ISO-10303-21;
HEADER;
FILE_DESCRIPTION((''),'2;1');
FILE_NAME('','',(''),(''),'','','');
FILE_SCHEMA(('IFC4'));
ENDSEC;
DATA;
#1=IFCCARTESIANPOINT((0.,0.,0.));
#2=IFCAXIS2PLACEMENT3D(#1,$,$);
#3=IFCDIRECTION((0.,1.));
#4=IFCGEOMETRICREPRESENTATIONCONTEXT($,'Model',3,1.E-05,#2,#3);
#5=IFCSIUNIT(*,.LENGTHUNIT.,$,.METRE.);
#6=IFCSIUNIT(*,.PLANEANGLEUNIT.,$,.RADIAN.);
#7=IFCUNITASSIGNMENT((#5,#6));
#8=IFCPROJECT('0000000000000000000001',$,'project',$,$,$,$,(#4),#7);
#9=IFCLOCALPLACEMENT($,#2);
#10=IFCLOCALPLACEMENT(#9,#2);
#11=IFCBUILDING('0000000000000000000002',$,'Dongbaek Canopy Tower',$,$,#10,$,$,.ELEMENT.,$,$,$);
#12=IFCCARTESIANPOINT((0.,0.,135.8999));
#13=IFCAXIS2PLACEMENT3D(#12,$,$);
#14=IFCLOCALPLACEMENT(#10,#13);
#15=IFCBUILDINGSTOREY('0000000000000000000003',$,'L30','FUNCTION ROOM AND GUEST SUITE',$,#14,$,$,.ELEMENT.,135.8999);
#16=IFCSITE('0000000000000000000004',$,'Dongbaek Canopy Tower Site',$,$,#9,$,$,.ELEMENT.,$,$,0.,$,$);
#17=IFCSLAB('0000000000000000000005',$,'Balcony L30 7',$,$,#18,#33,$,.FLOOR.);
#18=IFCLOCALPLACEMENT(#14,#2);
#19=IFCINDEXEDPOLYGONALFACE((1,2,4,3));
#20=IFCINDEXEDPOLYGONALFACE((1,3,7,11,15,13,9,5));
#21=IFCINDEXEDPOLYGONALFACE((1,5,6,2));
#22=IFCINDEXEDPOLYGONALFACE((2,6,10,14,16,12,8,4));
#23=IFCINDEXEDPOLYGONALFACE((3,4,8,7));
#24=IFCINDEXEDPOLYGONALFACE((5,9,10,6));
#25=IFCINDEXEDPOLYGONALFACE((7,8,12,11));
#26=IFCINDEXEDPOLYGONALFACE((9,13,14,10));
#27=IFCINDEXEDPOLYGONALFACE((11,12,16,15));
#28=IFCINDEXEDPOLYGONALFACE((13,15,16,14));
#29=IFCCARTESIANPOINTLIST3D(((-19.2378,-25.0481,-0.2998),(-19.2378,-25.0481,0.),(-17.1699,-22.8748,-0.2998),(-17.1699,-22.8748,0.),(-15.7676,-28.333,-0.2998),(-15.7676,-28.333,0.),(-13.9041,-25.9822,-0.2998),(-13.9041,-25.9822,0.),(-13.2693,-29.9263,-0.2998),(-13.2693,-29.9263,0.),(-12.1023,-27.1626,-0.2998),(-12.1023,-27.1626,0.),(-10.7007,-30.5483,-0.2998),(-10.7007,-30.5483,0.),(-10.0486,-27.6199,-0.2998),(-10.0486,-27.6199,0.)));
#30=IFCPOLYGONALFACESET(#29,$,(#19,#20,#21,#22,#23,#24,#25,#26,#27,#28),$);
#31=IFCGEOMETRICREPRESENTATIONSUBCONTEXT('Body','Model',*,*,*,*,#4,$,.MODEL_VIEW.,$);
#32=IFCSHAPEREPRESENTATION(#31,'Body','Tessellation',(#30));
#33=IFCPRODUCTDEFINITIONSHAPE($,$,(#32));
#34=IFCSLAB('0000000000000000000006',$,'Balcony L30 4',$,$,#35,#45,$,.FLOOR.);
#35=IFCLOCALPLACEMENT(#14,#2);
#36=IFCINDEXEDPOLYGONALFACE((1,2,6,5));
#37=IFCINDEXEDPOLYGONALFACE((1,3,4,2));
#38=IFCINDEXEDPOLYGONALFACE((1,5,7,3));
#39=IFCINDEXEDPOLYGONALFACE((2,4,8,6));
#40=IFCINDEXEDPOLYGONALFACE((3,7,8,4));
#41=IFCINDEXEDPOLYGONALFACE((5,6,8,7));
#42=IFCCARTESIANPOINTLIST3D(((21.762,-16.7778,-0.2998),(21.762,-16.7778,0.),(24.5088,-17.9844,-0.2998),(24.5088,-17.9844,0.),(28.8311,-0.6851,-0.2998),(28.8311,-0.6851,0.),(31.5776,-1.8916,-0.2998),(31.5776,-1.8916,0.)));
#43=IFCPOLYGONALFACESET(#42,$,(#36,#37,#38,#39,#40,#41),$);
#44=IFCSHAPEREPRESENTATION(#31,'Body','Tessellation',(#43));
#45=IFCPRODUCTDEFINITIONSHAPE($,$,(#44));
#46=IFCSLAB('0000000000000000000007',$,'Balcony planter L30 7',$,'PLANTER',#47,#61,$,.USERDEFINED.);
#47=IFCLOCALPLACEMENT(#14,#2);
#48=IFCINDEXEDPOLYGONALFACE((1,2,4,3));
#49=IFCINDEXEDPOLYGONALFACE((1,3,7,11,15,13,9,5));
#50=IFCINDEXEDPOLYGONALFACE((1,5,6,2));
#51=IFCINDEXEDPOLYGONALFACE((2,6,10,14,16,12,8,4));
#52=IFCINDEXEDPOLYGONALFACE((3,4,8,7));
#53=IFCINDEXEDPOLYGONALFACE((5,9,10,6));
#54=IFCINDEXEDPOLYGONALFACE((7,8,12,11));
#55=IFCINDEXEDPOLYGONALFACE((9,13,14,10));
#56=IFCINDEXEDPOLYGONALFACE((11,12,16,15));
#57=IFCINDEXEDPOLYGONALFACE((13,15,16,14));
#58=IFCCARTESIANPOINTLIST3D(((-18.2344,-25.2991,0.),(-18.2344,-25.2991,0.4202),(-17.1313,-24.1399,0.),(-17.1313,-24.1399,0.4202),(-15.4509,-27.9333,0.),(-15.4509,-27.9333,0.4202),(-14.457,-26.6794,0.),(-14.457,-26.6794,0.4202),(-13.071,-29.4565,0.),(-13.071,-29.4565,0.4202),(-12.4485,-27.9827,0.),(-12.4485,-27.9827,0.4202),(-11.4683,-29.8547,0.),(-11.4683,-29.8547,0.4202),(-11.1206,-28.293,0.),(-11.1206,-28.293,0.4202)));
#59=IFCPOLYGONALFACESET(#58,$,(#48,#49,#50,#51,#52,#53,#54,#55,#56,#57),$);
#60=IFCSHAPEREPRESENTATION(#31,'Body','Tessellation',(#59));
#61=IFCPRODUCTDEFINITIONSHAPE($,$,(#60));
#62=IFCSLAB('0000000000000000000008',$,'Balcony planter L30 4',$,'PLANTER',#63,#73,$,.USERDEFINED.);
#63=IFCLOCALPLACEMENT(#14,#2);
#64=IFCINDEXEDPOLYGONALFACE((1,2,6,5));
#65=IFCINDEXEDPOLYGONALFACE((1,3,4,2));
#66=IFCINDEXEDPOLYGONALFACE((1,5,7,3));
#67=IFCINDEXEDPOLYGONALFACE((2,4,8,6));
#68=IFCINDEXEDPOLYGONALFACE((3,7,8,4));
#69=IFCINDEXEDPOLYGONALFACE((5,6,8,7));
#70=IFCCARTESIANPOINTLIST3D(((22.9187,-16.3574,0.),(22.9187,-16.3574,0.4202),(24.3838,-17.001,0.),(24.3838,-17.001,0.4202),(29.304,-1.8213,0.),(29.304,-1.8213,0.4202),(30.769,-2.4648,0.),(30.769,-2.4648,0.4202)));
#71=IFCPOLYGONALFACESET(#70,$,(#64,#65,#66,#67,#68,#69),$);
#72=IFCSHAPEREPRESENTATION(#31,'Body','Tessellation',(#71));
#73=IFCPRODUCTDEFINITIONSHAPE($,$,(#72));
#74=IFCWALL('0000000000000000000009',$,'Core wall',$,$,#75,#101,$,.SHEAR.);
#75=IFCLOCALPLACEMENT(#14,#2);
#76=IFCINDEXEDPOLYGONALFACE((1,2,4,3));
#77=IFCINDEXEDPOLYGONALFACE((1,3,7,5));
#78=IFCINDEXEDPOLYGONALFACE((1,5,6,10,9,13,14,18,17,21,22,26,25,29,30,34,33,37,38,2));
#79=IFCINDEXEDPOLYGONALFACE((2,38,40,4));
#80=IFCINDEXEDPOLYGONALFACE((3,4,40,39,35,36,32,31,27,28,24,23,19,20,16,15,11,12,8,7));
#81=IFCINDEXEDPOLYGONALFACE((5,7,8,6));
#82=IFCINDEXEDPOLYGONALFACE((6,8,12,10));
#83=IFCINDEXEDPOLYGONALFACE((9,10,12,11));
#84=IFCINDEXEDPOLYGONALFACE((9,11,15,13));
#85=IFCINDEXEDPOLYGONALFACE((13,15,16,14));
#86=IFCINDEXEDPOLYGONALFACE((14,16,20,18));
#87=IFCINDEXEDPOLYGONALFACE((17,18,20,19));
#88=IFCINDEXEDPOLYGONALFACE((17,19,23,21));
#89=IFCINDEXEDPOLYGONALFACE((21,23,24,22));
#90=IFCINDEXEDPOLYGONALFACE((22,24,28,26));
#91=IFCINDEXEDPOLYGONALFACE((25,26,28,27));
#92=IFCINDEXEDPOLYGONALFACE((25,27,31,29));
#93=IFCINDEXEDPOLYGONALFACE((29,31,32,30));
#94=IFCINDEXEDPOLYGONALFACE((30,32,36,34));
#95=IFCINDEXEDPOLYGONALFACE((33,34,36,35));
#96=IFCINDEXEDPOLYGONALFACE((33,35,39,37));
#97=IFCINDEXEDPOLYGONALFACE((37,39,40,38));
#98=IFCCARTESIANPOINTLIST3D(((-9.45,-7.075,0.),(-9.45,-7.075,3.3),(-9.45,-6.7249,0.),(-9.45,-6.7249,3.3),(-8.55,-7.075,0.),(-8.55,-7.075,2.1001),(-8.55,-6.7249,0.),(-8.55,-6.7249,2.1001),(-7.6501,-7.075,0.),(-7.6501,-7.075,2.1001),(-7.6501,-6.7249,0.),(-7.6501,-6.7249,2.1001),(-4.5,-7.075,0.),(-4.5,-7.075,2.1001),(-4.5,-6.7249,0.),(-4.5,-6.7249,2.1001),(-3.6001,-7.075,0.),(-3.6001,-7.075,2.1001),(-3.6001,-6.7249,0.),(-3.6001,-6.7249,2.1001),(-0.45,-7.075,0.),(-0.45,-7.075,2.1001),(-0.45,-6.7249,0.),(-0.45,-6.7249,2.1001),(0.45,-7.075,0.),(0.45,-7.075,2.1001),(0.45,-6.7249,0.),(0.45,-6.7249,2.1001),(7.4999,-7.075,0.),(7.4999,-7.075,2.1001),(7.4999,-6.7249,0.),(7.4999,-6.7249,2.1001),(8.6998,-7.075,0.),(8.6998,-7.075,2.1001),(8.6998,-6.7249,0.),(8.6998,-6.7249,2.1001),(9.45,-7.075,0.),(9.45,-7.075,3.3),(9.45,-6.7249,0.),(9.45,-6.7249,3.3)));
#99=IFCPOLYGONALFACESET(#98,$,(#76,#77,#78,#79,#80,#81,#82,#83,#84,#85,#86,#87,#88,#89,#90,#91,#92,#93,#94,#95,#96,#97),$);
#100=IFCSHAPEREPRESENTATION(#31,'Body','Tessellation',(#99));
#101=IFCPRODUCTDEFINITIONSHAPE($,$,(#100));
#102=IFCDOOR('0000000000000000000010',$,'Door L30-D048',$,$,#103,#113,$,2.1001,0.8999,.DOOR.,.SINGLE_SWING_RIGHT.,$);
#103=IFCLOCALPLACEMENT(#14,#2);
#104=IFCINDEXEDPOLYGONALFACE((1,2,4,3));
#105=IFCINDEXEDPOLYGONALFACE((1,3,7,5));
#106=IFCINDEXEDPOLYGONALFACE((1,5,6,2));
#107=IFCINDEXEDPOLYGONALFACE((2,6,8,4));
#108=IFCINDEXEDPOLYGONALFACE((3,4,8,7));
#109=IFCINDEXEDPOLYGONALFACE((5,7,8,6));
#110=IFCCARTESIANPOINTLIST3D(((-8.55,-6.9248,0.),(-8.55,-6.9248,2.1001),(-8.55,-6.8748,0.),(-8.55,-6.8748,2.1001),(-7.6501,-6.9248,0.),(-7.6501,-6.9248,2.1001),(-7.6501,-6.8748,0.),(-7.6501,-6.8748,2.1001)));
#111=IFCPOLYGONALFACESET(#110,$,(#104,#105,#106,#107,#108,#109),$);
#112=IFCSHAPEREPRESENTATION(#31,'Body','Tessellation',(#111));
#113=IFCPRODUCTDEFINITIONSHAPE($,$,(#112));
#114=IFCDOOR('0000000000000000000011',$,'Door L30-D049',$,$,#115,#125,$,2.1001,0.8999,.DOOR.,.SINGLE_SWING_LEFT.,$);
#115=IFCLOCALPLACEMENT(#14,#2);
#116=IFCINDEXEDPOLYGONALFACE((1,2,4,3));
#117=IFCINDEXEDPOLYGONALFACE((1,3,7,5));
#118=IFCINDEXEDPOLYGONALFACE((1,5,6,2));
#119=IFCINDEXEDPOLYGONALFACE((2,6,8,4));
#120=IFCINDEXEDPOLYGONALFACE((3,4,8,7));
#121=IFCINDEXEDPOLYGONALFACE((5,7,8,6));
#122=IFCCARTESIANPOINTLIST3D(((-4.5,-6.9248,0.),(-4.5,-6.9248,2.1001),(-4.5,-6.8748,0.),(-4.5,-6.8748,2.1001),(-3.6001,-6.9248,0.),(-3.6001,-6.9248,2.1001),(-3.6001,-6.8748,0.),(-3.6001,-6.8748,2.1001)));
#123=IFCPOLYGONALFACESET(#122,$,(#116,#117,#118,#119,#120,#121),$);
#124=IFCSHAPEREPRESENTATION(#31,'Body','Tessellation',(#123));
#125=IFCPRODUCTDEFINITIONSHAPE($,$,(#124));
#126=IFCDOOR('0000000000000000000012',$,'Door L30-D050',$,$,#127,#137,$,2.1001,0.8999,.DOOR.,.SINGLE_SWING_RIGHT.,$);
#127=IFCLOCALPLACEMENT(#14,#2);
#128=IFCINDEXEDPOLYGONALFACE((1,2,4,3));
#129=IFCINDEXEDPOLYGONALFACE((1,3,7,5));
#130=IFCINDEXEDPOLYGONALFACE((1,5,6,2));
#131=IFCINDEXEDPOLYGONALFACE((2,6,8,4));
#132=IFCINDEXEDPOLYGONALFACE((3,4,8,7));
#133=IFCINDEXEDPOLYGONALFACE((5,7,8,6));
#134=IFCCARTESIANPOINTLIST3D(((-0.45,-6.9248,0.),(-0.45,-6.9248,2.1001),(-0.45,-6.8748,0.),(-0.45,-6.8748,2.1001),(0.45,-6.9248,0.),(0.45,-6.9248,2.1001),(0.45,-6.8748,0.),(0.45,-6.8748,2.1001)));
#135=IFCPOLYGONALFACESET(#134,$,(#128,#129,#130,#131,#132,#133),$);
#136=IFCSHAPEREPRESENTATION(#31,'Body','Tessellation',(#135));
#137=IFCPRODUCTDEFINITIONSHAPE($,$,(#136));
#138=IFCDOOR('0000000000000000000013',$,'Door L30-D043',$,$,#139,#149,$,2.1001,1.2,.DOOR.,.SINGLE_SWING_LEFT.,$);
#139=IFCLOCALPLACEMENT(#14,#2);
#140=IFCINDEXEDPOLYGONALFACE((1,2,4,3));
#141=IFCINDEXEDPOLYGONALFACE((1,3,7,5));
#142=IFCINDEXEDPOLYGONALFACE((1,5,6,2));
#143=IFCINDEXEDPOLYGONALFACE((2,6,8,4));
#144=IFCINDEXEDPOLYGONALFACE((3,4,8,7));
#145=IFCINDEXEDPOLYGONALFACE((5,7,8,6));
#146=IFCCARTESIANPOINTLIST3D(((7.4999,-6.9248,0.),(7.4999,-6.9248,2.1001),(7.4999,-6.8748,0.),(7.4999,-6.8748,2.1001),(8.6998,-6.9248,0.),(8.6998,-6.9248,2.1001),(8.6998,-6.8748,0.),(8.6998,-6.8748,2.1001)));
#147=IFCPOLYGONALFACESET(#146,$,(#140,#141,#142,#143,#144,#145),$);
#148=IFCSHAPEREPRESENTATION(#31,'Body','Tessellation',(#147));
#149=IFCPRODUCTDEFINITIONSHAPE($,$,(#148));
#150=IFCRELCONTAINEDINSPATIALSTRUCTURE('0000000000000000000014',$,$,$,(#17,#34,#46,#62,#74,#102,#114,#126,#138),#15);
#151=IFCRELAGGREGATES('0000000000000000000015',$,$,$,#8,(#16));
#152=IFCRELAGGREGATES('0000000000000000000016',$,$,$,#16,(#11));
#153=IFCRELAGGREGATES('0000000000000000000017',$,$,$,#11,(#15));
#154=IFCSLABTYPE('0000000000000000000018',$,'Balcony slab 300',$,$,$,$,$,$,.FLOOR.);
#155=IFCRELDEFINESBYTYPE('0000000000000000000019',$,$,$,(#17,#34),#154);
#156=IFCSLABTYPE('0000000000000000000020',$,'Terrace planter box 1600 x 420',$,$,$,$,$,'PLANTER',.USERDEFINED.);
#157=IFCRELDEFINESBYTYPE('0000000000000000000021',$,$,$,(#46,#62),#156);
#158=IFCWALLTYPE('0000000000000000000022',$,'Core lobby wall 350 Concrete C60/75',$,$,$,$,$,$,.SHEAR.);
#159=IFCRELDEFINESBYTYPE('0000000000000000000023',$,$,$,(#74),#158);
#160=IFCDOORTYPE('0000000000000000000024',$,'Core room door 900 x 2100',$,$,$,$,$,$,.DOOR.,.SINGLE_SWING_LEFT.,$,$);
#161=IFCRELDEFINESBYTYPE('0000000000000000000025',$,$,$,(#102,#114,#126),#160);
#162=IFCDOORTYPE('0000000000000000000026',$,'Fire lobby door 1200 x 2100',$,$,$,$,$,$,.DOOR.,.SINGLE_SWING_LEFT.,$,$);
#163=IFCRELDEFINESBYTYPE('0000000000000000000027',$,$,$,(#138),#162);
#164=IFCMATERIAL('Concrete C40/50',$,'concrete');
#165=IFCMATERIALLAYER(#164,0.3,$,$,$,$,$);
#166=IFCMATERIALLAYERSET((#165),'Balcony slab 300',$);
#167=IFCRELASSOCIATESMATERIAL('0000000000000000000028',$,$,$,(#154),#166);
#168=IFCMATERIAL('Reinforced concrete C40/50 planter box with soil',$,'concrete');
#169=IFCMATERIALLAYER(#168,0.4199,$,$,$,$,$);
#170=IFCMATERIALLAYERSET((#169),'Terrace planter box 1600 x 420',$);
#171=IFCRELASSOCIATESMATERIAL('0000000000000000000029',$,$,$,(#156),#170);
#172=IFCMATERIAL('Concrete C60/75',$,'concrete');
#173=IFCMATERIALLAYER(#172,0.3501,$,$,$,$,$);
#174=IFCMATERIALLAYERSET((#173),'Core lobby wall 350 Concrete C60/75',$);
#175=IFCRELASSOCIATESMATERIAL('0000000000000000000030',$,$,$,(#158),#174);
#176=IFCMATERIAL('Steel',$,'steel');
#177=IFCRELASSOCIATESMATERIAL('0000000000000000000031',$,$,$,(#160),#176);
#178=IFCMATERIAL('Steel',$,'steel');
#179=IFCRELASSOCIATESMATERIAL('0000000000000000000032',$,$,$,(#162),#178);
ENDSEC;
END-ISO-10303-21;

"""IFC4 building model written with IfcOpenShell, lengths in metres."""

from ifc_helpers import new_model, si_unit, direction, frame, frame_2d, origin, place, context, subcontext, project, spatial, polyline, rectangle, outline, extrude, material, layer, layer_set, type_object, element, fill, save


model = new_model("IFC4")

# Units and contexts
model_context = context("Model", 3, precision=1e-05, world=origin(), true_north=direction((0.0, 1.0)))
body_context = subcontext(model_context, "Body", "Model", "MODEL_VIEW")
ifc_project = project(units=[si_unit("LENGTHUNIT", "METRE"), si_unit("PLANEANGLEUNIT", "RADIAN")], contexts=[model_context])

# Site, building, storey
site_placement = place(None, origin())
site = spatial("IfcSite", under=ifc_project, at=site_placement, Name="Dongbaek Canopy Tower Site", CompositionType="ELEMENT", RefElevation=0.0)
building_placement = place(site_placement, origin())
building = spatial("IfcBuilding", under=site, at=building_placement, Name="Dongbaek Canopy Tower", CompositionType="ELEMENT")
storey_placement = place(building_placement, frame((0.0, 0.0, 135.8999)))
storey = spatial("IfcBuildingStorey", under=building, at=storey_placement, Name="L30", Description="FUNCTION ROOM AND GUEST SUITE", CompositionType="ELEMENT", Elevation=135.8999)

# Slabs
ifc_material_1 = material(Name="Concrete C40/50", Category="concrete")
ifc_layer_1 = layer(ifc_material_1, 0.3)
ifc_layer_set_1 = layer_set([ifc_layer_1], Name="Balcony slab 300")
slab_type_1 = type_object("IfcSlabType", Name="Balcony slab 300", PredefinedType="FLOOR", material=ifc_layer_set_1)
slab_1_placement = place(storey_placement, frame((0.0, 0.0, -0.2998)))
element("IfcSlab", 1, at=slab_1_placement, inside=storey, type_object=slab_type_1, Name="Balcony L30 7", PredefinedType="FLOOR", context=body_context, shape_type="SweptSolid", body=[
    extrude(outline(polyline([(-17.1699, -22.8748), (-13.9041, -25.9822), (-12.1023, -27.1626), (-10.0486, -27.6199), (-10.7007, -30.5483), (-13.2693, -29.9263), (-15.7676, -28.333), (-19.2378, -25.0481), (-17.1699, -22.8748)])), origin(), (0.0, 0.0, 1.0), 0.2998),
])
slab_2_placement = place(storey_placement, frame((0.0, 0.0, -0.2998)))
element("IfcSlab", 2, at=slab_2_placement, inside=storey, type_object=slab_type_1, Name="Balcony L30 4", PredefinedType="FLOOR", context=body_context, shape_type="SweptSolid", body=[
    extrude(outline(polyline([(21.762, -16.7778), (28.8311, -0.6851), (31.5776, -1.8916), (24.5088, -17.9844), (21.762, -16.7778)])), origin(), (0.0, 0.0, 1.0), 0.2998),
])
ifc_material_2 = material(Name="Reinforced concrete C40/50 planter box with soil", Category="concrete")
ifc_layer_2 = layer(ifc_material_2, 0.4199)
ifc_layer_set_2 = layer_set([ifc_layer_2], Name="Terrace planter box 1600 x 420")
slab_type_2 = type_object("IfcSlabType", Name="Terrace planter box 1600 x 420", ElementType="PLANTER", PredefinedType="USERDEFINED", material=ifc_layer_set_2)
slab_3_placement = place(storey_placement, origin())
element("IfcSlab", 3, at=slab_3_placement, inside=storey, type_object=slab_type_2, Name="Balcony planter L30 7", ObjectType="PLANTER", PredefinedType="USERDEFINED", context=body_context, shape_type="SweptSolid", body=[
    extrude(outline(polyline([(-17.1313, -24.1399), (-14.457, -26.6794), (-12.4485, -27.9827), (-11.1206, -28.293), (-11.4683, -29.8547), (-13.071, -29.4565), (-15.4509, -27.9333), (-18.2344, -25.2991), (-17.1313, -24.1399)])), origin(), (0.0, 0.0, 1.0), 0.4202),
])
slab_4_placement = place(storey_placement, origin())
element("IfcSlab", 4, at=slab_4_placement, inside=storey, type_object=slab_type_2, Name="Balcony planter L30 4", ObjectType="PLANTER", PredefinedType="USERDEFINED", context=body_context, shape_type="SweptSolid", body=[
    extrude(outline(polyline([(22.9187, -16.3574), (29.304, -1.8213), (30.769, -2.4648), (24.3838, -17.001), (22.9187, -16.3574)])), origin(), (0.0, 0.0, 1.0), 0.4202),
])

# Wall, openings, doors
ifc_material_3 = material(Name="Concrete C60/75", Category="concrete")
ifc_layer_3 = layer(ifc_material_3, 0.3501)
ifc_layer_set_3 = layer_set([ifc_layer_3], Name="Core lobby wall 350 Concrete C60/75")
wall_type_1 = type_object("IfcWallType", Name="Core lobby wall 350 Concrete C60/75", PredefinedType="SHEAR", material=ifc_layer_set_3)
wall_1_placement = place(storey_placement, frame((9.45, -6.8999, 0.0), z_axis=(0.0, 0.0, 1.0), x_axis=(-1.0, 0.0, 0.0)))
wall_1 = element("IfcWall", 5, at=wall_1_placement, inside=storey, type_object=wall_type_1, Name="Core wall", PredefinedType="SHEAR", context=body_context, shape_type="SweptSolid", body=[
    extrude(rectangle(XDim=18.8999, YDim=0.3501, at=frame_2d((9.45, 0.0))), origin(), (0.0, 0.0, 1.0), 3.3),
])
opening_1_placement = place(wall_1_placement, frame((0.75, 0.0, 0.0)))
opening_1 = element("IfcOpeningElement", 6, at=opening_1_placement, cuts=wall_1, PredefinedType="OPENING", context=body_context, shape_type="SweptSolid", body=[
    extrude(rectangle(XDim=1.2, YDim=2.1001, at=frame_2d((0.6001, 1.05))), frame((0.0, 0.1851, 0.0), z_axis=(0.0, -1.0, 0.0), x_axis=(1.0, 0.0, 0.0)), (0.0, 0.0, 1.0), 0.3701),
])
opening_2_placement = place(wall_1_placement, frame((17.1001, 0.0, 0.0)))
opening_2 = element("IfcOpeningElement", 7, at=opening_2_placement, cuts=wall_1, PredefinedType="OPENING", context=body_context, shape_type="SweptSolid", body=[
    extrude(rectangle(XDim=0.8999, YDim=2.1001, at=frame_2d((0.45, 1.05))), frame((0.0, 0.1851, 0.0), z_axis=(0.0, -1.0, 0.0), x_axis=(1.0, 0.0, 0.0)), (0.0, 0.0, 1.0), 0.3701),
])
opening_3_placement = place(wall_1_placement, frame((13.05, 0.0, 0.0)))
opening_3 = element("IfcOpeningElement", 8, at=opening_3_placement, cuts=wall_1, PredefinedType="OPENING", context=body_context, shape_type="SweptSolid", body=[
    extrude(rectangle(XDim=0.8999, YDim=2.1001, at=frame_2d((0.45, 1.05))), frame((0.0, 0.1851, 0.0), z_axis=(0.0, -1.0, 0.0), x_axis=(1.0, 0.0, 0.0)), (0.0, 0.0, 1.0), 0.3701),
])
opening_4_placement = place(wall_1_placement, frame((9.0, 0.0, 0.0)))
opening_4 = element("IfcOpeningElement", 9, at=opening_4_placement, cuts=wall_1, PredefinedType="OPENING", context=body_context, shape_type="SweptSolid", body=[
    extrude(rectangle(XDim=0.8999, YDim=2.1001, at=frame_2d((0.45, 1.05))), frame((0.0, 0.1851, 0.0), z_axis=(0.0, -1.0, 0.0), x_axis=(1.0, 0.0, 0.0)), (0.0, 0.0, 1.0), 0.3701),
])
ifc_material_4 = material(Name="Steel", Category="steel")
door_type_1 = type_object("IfcDoorType", Name="Core room door 900 x 2100", OperationType="SINGLE_SWING_LEFT", PredefinedType="DOOR", material=ifc_material_4)
door_1_placement = place(opening_2_placement, origin())
door_1 = element("IfcDoor", 10, at=door_1_placement, inside=storey, type_object=door_type_1, Name="Door L30-D048", OperationType="SINGLE_SWING_RIGHT", OverallHeight=2.1001, OverallWidth=0.8999, PredefinedType="DOOR", context=body_context, shape_type="SweptSolid", body=[
    extrude(rectangle(XDim=0.8999, YDim=2.1001, at=frame_2d((0.45, 1.05))), frame((0.0, 0.0249, 0.0), z_axis=(0.0, -1.0, 0.0), x_axis=(1.0, 0.0, 0.0)), (0.0, 0.0, 1.0), 0.05),
])
fill(opening_2, door_1)
door_2_placement = place(opening_3_placement, origin())
door_2 = element("IfcDoor", 11, at=door_2_placement, inside=storey, type_object=door_type_1, Name="Door L30-D049", OperationType="SINGLE_SWING_LEFT", OverallHeight=2.1001, OverallWidth=0.8999, PredefinedType="DOOR", context=body_context, shape_type="SweptSolid", body=[
    extrude(rectangle(XDim=0.8999, YDim=2.1001, at=frame_2d((0.45, 1.05))), frame((0.0, 0.0249, 0.0), z_axis=(0.0, -1.0, 0.0), x_axis=(1.0, 0.0, 0.0)), (0.0, 0.0, 1.0), 0.05),
])
fill(opening_3, door_2)
door_3_placement = place(opening_4_placement, origin())
door_3 = element("IfcDoor", 12, at=door_3_placement, inside=storey, type_object=door_type_1, Name="Door L30-D050", OperationType="SINGLE_SWING_RIGHT", OverallHeight=2.1001, OverallWidth=0.8999, PredefinedType="DOOR", context=body_context, shape_type="SweptSolid", body=[
    extrude(rectangle(XDim=0.8999, YDim=2.1001, at=frame_2d((0.45, 1.05))), frame((0.0, 0.0249, 0.0), z_axis=(0.0, -1.0, 0.0), x_axis=(1.0, 0.0, 0.0)), (0.0, 0.0, 1.0), 0.05),
])
fill(opening_4, door_3)
ifc_material_5 = material(Name="Steel", Category="steel")
door_type_2 = type_object("IfcDoorType", Name="Fire lobby door 1200 x 2100", OperationType="SINGLE_SWING_LEFT", PredefinedType="DOOR", material=ifc_material_5)
door_4_placement = place(opening_1_placement, origin())
door_4 = element("IfcDoor", 13, at=door_4_placement, inside=storey, type_object=door_type_2, Name="Door L30-D043", OperationType="SINGLE_SWING_LEFT", OverallHeight=2.1001, OverallWidth=1.2, PredefinedType="DOOR", context=body_context, shape_type="SweptSolid", body=[
    extrude(rectangle(XDim=1.2, YDim=2.1001, at=frame_2d((0.6001, 1.05))), frame((0.0, 0.0249, 0.0), z_axis=(0.0, -1.0, 0.0), x_axis=(1.0, 0.0, 0.0)), (0.0, 0.0, 1.0), 0.05),
])
fill(opening_1, door_4)

save(model, "model.ifc")
